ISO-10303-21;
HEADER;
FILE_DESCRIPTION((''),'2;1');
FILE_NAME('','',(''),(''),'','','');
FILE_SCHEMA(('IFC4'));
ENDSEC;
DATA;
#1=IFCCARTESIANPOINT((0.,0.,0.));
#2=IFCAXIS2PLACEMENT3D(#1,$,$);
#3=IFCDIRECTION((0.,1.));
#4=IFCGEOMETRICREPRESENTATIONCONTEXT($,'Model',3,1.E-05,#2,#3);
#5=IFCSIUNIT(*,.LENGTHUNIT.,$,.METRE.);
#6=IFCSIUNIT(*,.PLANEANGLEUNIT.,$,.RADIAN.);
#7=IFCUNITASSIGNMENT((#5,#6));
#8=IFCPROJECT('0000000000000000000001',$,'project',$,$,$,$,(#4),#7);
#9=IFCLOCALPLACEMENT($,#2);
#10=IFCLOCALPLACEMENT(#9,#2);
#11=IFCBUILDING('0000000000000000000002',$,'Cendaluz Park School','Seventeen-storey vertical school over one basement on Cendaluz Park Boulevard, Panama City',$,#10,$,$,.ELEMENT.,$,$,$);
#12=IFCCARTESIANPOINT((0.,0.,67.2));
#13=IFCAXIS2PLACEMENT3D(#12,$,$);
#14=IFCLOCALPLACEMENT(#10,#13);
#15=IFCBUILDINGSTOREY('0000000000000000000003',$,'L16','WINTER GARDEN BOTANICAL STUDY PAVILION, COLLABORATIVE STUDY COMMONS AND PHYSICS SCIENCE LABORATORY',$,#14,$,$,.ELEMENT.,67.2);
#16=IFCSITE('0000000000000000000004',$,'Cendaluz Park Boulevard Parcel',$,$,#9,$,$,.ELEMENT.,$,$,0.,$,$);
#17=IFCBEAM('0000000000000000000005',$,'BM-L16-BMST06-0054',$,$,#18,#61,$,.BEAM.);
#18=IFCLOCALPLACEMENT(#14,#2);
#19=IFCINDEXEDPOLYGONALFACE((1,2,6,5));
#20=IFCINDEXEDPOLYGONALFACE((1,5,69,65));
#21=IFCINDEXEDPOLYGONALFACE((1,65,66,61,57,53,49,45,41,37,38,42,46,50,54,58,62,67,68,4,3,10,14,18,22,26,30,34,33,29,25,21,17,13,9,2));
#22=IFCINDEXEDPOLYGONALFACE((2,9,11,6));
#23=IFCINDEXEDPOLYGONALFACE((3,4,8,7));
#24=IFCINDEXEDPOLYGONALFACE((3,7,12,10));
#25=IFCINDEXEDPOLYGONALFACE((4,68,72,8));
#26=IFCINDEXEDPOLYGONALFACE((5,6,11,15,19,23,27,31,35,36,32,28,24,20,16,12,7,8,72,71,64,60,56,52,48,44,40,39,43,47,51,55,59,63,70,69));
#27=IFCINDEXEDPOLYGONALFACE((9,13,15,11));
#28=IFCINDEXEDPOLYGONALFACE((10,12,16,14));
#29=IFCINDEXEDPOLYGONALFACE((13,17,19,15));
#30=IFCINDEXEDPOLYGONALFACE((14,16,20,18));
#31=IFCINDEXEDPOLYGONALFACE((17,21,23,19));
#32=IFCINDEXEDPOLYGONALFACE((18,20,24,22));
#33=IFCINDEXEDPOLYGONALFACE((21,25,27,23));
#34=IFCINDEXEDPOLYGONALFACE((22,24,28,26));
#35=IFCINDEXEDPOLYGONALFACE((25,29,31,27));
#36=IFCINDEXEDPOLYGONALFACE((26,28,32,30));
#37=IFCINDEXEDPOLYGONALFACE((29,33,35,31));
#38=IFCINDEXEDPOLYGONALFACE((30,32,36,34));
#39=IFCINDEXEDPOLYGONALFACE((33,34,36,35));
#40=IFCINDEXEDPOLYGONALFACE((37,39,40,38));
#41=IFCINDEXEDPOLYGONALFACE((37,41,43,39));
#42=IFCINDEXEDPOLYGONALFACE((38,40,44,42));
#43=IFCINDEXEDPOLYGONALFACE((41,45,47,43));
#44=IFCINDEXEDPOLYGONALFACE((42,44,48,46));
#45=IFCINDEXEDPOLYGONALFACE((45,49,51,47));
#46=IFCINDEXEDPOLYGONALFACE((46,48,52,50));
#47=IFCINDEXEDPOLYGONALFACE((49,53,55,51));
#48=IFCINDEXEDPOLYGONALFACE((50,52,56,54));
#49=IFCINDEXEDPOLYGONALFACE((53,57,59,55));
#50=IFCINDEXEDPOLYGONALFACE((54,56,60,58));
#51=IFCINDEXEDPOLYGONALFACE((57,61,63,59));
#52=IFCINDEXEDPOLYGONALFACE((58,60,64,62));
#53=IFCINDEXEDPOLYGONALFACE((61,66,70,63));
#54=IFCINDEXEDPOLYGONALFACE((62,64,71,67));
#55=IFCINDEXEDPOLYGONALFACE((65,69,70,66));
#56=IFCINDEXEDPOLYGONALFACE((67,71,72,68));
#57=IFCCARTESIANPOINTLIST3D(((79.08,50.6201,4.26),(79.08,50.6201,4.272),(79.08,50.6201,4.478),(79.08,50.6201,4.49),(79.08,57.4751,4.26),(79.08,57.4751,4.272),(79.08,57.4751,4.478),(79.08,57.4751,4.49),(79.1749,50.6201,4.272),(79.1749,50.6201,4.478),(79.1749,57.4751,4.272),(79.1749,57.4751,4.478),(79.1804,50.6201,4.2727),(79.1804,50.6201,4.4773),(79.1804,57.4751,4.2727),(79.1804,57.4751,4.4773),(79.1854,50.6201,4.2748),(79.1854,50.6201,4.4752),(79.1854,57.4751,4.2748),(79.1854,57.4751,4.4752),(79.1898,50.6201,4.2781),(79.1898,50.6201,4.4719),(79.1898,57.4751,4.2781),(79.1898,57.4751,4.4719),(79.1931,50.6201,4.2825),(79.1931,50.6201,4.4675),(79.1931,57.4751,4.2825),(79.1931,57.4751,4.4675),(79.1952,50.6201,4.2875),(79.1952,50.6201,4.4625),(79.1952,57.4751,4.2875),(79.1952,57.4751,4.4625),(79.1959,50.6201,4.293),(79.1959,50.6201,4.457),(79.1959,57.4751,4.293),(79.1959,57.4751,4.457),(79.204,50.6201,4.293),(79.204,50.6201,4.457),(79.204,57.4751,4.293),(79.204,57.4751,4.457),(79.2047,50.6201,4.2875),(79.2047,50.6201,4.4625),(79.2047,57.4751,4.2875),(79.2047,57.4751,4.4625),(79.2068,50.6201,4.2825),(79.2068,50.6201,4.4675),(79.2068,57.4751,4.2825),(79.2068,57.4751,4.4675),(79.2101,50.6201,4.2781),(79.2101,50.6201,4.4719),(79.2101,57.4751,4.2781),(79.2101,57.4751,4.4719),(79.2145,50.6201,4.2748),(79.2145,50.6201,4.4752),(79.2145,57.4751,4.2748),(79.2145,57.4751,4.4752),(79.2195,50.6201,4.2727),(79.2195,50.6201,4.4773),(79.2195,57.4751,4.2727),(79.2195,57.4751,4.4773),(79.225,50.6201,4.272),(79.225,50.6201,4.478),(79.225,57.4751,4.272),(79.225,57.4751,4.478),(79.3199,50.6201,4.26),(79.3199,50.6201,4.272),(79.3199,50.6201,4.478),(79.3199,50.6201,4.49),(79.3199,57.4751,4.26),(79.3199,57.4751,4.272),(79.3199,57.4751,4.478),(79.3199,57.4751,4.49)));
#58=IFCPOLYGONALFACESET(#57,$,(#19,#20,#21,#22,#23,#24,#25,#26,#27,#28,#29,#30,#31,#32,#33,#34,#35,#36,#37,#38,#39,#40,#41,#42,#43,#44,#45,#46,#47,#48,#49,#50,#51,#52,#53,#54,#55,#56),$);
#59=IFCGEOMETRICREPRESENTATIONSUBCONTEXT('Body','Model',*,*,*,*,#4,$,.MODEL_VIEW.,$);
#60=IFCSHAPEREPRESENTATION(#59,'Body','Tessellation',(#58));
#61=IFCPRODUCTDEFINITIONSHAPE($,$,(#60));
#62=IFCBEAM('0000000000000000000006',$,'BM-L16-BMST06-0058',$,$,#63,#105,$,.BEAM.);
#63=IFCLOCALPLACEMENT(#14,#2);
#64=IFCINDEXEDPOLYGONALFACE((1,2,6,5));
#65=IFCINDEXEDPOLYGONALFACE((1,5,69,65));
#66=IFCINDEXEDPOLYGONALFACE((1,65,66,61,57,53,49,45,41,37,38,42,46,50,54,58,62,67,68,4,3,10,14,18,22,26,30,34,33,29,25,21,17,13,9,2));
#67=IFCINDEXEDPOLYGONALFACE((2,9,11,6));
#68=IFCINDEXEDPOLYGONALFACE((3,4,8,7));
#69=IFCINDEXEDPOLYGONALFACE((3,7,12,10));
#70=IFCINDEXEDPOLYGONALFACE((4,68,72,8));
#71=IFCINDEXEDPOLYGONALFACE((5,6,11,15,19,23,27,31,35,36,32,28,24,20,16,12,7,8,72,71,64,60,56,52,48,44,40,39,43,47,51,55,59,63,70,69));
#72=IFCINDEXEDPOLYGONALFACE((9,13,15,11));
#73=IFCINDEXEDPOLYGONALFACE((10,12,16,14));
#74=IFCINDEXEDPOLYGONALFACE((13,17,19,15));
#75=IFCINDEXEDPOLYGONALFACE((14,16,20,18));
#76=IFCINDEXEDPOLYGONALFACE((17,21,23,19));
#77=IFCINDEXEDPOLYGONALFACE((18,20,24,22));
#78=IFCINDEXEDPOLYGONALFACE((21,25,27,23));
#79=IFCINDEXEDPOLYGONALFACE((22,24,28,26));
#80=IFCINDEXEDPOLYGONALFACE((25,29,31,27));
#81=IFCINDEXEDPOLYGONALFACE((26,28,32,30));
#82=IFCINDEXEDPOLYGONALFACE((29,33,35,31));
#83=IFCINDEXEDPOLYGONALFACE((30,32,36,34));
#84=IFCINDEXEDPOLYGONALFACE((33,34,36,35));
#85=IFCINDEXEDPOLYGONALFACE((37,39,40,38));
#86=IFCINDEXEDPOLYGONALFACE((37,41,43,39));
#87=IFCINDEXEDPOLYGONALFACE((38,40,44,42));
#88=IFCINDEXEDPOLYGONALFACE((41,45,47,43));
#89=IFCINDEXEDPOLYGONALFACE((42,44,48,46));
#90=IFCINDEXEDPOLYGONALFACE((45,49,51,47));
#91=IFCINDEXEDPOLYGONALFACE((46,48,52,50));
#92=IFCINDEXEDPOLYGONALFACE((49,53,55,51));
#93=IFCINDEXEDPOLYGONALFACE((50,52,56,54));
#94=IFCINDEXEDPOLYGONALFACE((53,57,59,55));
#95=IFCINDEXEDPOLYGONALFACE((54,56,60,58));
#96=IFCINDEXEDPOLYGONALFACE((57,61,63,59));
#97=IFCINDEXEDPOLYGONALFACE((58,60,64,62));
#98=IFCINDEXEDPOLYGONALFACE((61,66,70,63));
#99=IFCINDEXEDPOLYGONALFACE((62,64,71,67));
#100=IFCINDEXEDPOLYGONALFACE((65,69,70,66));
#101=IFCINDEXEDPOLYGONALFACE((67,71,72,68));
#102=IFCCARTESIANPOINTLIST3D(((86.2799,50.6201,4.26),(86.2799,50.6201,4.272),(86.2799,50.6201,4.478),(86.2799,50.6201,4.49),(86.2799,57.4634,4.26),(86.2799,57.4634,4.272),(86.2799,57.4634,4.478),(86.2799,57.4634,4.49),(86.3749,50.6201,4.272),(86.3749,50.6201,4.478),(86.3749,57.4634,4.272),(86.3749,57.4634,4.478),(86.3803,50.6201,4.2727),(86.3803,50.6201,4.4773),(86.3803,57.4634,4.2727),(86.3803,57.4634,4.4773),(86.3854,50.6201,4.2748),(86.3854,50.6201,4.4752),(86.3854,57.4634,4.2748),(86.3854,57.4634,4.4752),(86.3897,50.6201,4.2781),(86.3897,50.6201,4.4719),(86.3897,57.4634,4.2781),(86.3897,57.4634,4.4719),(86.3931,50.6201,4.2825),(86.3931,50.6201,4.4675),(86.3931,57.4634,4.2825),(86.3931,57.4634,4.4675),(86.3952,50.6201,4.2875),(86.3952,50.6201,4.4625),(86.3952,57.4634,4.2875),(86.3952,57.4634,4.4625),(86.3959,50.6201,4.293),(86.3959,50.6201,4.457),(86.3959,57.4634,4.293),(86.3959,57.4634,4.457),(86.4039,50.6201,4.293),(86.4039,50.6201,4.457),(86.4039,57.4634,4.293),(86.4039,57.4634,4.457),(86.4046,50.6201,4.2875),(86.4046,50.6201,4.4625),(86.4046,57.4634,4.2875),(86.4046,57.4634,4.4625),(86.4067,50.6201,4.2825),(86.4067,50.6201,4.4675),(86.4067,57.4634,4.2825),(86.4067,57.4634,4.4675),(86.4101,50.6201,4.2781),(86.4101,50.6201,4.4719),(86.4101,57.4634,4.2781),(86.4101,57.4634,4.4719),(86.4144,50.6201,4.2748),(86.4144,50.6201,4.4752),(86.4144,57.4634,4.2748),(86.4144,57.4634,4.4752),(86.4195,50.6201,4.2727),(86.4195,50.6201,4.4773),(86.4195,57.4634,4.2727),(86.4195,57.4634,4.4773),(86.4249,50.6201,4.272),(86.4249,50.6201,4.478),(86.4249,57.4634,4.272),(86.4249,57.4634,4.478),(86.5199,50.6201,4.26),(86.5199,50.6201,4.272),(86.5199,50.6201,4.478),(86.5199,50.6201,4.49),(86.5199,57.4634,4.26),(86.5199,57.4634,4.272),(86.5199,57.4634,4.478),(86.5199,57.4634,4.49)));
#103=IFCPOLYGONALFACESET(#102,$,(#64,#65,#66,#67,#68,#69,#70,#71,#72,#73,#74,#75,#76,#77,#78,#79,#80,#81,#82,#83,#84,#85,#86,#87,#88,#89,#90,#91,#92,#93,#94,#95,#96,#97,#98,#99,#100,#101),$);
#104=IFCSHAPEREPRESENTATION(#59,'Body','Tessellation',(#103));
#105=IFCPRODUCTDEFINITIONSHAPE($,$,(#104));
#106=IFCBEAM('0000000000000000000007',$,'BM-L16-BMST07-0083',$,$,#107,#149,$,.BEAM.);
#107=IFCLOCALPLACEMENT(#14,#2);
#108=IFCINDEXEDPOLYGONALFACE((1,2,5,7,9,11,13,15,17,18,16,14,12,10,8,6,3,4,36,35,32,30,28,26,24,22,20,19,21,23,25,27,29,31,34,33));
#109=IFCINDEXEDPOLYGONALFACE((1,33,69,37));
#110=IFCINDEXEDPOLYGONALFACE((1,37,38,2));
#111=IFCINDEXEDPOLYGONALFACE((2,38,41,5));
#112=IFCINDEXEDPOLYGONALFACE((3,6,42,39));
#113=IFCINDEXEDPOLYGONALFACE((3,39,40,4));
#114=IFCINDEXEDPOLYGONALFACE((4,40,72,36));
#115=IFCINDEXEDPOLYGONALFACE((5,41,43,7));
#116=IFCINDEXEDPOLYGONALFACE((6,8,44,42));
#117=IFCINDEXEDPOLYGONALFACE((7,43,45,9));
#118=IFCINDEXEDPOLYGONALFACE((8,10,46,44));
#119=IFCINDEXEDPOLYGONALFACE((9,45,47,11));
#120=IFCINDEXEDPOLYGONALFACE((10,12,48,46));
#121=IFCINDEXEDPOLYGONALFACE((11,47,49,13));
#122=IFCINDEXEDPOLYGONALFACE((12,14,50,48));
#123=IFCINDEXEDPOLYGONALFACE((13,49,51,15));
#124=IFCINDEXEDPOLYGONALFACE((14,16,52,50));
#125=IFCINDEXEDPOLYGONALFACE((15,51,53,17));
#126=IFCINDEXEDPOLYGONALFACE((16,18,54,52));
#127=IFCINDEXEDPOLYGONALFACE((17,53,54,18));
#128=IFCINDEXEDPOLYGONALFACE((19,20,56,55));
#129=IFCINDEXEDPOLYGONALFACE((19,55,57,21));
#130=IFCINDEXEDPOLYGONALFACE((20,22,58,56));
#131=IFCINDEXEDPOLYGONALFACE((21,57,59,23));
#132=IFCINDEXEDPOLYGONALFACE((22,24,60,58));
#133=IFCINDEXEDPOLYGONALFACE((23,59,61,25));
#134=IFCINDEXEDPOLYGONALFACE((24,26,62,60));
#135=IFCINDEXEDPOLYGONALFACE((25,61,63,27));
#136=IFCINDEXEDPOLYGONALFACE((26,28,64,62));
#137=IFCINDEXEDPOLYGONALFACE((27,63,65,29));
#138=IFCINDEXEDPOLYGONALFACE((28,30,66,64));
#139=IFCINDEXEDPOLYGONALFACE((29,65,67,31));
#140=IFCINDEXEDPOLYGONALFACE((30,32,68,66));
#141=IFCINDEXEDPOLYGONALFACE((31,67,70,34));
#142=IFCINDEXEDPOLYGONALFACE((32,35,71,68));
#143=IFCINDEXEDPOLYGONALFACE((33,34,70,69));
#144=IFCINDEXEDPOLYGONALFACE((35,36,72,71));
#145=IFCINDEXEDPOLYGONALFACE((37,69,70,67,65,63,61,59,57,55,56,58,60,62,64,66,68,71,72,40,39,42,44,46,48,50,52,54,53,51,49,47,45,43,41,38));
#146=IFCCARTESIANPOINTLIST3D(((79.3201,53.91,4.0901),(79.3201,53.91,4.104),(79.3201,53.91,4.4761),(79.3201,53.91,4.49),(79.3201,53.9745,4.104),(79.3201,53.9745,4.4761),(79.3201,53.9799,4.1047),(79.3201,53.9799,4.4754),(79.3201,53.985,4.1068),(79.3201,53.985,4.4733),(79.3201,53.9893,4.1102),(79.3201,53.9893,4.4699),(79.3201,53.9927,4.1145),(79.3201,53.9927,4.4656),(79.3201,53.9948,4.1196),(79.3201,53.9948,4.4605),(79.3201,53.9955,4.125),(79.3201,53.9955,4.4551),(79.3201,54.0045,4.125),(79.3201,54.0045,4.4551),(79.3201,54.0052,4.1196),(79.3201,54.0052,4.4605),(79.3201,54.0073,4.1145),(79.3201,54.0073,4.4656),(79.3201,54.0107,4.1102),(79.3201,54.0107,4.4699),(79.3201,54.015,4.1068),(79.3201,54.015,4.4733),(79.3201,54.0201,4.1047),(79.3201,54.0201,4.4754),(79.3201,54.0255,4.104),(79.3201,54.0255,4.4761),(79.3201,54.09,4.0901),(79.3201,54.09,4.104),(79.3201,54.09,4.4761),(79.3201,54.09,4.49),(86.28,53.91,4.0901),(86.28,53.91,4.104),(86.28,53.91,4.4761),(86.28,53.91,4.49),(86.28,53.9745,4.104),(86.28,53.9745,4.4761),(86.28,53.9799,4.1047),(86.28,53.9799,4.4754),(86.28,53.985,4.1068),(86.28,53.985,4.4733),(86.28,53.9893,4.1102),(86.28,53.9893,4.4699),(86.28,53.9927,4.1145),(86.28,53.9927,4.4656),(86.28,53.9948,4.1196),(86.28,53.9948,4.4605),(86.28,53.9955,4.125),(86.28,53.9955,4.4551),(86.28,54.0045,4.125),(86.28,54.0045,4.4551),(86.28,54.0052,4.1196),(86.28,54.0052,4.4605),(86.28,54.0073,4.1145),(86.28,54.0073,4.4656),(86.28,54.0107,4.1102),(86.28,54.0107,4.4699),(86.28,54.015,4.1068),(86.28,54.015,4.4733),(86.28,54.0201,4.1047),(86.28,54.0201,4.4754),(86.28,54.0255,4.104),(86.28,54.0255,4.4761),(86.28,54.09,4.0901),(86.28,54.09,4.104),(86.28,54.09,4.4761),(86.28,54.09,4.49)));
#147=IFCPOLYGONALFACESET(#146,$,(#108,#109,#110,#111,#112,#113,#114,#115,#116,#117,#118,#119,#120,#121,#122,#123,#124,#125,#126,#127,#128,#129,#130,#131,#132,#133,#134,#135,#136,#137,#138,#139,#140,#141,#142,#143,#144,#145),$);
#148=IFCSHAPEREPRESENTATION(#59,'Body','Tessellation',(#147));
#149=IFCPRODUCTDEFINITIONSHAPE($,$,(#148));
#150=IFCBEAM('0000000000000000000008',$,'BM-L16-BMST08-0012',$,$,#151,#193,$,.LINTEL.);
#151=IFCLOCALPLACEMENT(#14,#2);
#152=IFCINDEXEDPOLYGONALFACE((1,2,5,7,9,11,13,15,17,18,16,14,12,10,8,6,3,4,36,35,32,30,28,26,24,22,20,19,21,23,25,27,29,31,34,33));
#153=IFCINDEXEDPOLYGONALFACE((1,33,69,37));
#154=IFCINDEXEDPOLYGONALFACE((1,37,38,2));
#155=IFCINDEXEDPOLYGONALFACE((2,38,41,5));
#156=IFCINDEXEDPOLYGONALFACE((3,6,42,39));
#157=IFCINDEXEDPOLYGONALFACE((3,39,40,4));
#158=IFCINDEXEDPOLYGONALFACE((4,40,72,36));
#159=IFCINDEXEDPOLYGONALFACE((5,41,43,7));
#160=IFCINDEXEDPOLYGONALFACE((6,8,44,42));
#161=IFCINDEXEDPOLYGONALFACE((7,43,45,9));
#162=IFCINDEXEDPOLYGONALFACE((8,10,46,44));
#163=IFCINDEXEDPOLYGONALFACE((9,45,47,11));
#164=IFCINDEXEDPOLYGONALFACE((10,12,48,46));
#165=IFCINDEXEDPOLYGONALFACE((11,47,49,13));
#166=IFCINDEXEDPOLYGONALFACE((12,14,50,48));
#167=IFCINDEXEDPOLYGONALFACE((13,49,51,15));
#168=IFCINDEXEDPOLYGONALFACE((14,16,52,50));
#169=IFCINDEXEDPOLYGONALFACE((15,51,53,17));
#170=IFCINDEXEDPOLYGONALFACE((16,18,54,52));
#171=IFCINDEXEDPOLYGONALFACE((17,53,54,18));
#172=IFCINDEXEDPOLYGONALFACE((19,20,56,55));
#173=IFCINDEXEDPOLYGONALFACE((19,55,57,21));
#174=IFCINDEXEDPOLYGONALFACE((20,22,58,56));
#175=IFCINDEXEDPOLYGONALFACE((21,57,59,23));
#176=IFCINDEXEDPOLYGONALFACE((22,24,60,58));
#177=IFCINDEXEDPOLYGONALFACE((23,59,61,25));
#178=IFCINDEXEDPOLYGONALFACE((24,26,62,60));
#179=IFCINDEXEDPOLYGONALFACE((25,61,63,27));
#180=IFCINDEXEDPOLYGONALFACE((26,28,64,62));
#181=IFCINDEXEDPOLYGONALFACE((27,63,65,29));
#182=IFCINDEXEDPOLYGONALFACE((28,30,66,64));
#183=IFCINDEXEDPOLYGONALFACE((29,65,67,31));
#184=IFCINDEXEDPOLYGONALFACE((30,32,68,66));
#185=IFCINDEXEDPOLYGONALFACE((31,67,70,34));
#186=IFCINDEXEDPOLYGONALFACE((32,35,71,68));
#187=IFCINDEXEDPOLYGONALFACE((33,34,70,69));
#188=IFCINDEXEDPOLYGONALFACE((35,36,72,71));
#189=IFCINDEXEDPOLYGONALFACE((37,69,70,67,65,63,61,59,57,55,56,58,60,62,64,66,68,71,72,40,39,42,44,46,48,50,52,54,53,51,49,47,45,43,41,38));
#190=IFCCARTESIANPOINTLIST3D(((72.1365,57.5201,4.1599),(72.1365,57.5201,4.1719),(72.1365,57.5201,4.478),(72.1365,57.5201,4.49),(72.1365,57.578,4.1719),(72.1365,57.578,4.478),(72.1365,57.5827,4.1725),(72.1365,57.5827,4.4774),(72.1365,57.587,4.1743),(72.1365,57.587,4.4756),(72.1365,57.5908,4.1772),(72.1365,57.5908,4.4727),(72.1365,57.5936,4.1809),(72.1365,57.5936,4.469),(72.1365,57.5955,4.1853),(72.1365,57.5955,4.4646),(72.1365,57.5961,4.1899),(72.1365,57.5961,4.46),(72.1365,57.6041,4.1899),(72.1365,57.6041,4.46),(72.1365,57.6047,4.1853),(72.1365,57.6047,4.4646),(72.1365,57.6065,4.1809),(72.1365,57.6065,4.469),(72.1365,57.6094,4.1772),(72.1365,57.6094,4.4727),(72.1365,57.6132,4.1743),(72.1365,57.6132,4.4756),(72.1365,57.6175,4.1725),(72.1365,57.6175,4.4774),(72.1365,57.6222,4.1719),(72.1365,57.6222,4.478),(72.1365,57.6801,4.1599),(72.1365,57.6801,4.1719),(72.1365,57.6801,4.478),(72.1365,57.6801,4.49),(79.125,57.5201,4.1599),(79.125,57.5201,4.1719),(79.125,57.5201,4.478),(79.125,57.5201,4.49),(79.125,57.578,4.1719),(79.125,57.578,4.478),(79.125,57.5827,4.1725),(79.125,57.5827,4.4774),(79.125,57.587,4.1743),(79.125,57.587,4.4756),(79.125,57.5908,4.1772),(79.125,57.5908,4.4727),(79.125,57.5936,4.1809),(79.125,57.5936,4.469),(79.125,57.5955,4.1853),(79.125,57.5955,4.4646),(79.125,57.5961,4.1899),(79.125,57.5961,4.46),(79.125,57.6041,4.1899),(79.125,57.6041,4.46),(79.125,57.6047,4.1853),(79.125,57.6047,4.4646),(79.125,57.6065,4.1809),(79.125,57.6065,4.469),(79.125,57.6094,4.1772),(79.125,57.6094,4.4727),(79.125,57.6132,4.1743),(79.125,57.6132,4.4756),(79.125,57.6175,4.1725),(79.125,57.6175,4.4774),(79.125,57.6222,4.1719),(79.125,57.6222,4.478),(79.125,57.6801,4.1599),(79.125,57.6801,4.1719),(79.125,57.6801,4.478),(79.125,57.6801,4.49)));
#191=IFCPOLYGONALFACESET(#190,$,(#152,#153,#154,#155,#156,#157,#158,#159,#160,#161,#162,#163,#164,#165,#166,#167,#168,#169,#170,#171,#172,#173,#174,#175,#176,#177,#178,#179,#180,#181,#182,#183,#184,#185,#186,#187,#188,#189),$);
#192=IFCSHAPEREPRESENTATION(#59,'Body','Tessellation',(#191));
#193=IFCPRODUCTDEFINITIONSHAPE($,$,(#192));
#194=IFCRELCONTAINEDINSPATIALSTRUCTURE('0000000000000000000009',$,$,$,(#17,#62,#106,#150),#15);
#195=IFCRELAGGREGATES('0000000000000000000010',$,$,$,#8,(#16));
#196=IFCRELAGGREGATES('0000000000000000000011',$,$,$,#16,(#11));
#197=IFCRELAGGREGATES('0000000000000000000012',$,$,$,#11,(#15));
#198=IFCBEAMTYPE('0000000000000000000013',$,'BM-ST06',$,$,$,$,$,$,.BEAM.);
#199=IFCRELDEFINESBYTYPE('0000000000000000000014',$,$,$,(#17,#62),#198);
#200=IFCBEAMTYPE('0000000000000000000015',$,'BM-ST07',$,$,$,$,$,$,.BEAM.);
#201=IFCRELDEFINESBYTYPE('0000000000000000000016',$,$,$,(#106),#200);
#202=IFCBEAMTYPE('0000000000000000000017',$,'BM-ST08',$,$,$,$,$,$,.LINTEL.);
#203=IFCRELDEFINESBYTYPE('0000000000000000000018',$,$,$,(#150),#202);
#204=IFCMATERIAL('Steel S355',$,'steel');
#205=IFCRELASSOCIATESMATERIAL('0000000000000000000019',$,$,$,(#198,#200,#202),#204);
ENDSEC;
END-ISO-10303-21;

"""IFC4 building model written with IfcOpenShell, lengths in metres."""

from ifc_helpers import new_model, si_unit, direction, frame, origin, origin_2d, place, context, subcontext, project, spatial, i_section, extrude, material, material_profile, profile_set, type_object, element, save


model = new_model("IFC4")

# Units and contexts
model_context = context("Model", 3, precision=1e-05, world=origin(), true_north=direction((0.0, 1.0)))
body_context = subcontext(model_context, "Body", "Model", "MODEL_VIEW")
ifc_project = project(units=[si_unit("LENGTHUNIT", "METRE"), si_unit("PLANEANGLEUNIT", "RADIAN")], contexts=[model_context])

# Site, building, storey
site_placement = place(None, origin())
site = spatial("IfcSite", under=ifc_project, at=site_placement, Name="Cendaluz Park Boulevard Parcel", CompositionType="ELEMENT", RefElevation=0.0)
building_placement = place(site_placement, origin())
building = spatial("IfcBuilding", under=site, at=building_placement, Name="Cendaluz Park School", Description="Seventeen-storey vertical school over one basement on Cendaluz Park Boulevard, Panama City", CompositionType="ELEMENT")
storey_placement = place(building_placement, frame((0.0, 0.0, 67.2)))
storey = spatial("IfcBuildingStorey", under=building, at=storey_placement, Name="L16", Description="WINTER GARDEN BOTANICAL STUDY PAVILION, COLLABORATIVE STUDY COMMONS AND PHYSICS SCIENCE LABORATORY", CompositionType="ELEMENT", Elevation=67.2)

# Shared definitions
ifc_material_1 = material(Name="Steel S355", Category="steel")

# Beams
ifc_material_profile_1 = material_profile(ifc_material_1, i_section(OverallWidth=0.24, OverallDepth=0.23, WebThickness=0.0081, FlangeThickness=0.012, FilletRadius=0.021, at=origin_2d()), Name="HEA 240", Category="steel")
ifc_profile_set_1 = profile_set([ifc_material_profile_1], Name="Steel S355")
beam_type_1 = type_object("IfcBeamType", Name="BM-ST06", PredefinedType="BEAM", material=ifc_profile_set_1)
beam_1_placement = place(storey_placement, frame((79.2, 50.6201, 4.375), z_axis=(0.0, 1.0, 0.0), x_axis=(-1.0, 0.0, 0.0)))
element("IfcBeam", 1, at=beam_1_placement, inside=storey, type_object=beam_type_1, Name="BM-L16-BMST06-0054", PredefinedType="BEAM", context=body_context, shape_type="SweptSolid", body=[
    extrude(i_section(OverallWidth=0.24, OverallDepth=0.23, WebThickness=0.0081, FlangeThickness=0.012, FilletRadius=0.021, at=origin_2d()), origin(), (0.0, 0.0, 1.0), 6.855),
])
beam_2_placement = place(storey_placement, frame((86.3999, 50.6201, 4.375), z_axis=(0.0, 1.0, 0.0), x_axis=(-1.0, 0.0, 0.0)))
element("IfcBeam", 2, at=beam_2_placement, inside=storey, type_object=beam_type_1, Name="BM-L16-BMST06-0058", PredefinedType="BEAM", context=body_context, shape_type="SweptSolid", body=[
    extrude(i_section(OverallWidth=0.24, OverallDepth=0.23, WebThickness=0.0081, FlangeThickness=0.012, FilletRadius=0.021, at=origin_2d()), origin(), (0.0, 0.0, 1.0), 6.8433),
])
ifc_material_profile_2 = material_profile(ifc_material_1, i_section(OverallWidth=0.1799, OverallDepth=0.3999, WebThickness=0.009, FlangeThickness=0.0139, FilletRadius=0.021, at=origin_2d()), Name="IPE 400", Category="steel")
ifc_profile_set_2 = profile_set([ifc_material_profile_2], Name="Steel S355")
beam_type_2 = type_object("IfcBeamType", Name="BM-ST07", PredefinedType="BEAM", material=ifc_profile_set_2)
beam_3_placement = place(storey_placement, frame((79.3201, 54.0, 4.29), z_axis=(1.0, 0.0, 0.0), x_axis=(0.0, 1.0, 0.0)))
element("IfcBeam", 3, at=beam_3_placement, inside=storey, type_object=beam_type_2, Name="BM-L16-BMST07-0083", PredefinedType="BEAM", context=body_context, shape_type="SweptSolid", body=[
    extrude(i_section(OverallWidth=0.1799, OverallDepth=0.3999, WebThickness=0.009, FlangeThickness=0.0139, FilletRadius=0.021, at=origin_2d()), origin(), (0.0, 0.0, 1.0), 6.96),
])
ifc_material_profile_3 = material_profile(ifc_material_1, i_section(OverallWidth=0.1599, OverallDepth=0.3301, WebThickness=0.0081, FlangeThickness=0.012, FilletRadius=0.0181, at=origin_2d()), Name="IPE 330", Category="steel")
ifc_profile_set_3 = profile_set([ifc_material_profile_3], Name="Steel S355")
beam_type_3 = type_object("IfcBeamType", Name="BM-ST08", PredefinedType="LINTEL", material=ifc_profile_set_3)
for number, where, z_axis, x_axis, name in (
    (4, (72.1365, 57.6001, 4.325), (1.0, 0.0, 0.0), (0.0, 1.0, 0.0), "BM-L16-BMST08-0012"),
):
    element("IfcBeam", number, at=place(storey_placement, frame(where, z_axis=z_axis, x_axis=x_axis)), inside=storey, type_object=beam_type_3, Name=name, PredefinedType="LINTEL", context=body_context, shape_type="SweptSolid", body=[
        extrude(i_section(OverallWidth=0.1599, OverallDepth=0.3301, WebThickness=0.0081, FlangeThickness=0.012, FilletRadius=0.0181, at=origin_2d()), origin(), (0.0, 0.0, 1.0), 6.9885),
    ])

save(model, "model.ifc")
